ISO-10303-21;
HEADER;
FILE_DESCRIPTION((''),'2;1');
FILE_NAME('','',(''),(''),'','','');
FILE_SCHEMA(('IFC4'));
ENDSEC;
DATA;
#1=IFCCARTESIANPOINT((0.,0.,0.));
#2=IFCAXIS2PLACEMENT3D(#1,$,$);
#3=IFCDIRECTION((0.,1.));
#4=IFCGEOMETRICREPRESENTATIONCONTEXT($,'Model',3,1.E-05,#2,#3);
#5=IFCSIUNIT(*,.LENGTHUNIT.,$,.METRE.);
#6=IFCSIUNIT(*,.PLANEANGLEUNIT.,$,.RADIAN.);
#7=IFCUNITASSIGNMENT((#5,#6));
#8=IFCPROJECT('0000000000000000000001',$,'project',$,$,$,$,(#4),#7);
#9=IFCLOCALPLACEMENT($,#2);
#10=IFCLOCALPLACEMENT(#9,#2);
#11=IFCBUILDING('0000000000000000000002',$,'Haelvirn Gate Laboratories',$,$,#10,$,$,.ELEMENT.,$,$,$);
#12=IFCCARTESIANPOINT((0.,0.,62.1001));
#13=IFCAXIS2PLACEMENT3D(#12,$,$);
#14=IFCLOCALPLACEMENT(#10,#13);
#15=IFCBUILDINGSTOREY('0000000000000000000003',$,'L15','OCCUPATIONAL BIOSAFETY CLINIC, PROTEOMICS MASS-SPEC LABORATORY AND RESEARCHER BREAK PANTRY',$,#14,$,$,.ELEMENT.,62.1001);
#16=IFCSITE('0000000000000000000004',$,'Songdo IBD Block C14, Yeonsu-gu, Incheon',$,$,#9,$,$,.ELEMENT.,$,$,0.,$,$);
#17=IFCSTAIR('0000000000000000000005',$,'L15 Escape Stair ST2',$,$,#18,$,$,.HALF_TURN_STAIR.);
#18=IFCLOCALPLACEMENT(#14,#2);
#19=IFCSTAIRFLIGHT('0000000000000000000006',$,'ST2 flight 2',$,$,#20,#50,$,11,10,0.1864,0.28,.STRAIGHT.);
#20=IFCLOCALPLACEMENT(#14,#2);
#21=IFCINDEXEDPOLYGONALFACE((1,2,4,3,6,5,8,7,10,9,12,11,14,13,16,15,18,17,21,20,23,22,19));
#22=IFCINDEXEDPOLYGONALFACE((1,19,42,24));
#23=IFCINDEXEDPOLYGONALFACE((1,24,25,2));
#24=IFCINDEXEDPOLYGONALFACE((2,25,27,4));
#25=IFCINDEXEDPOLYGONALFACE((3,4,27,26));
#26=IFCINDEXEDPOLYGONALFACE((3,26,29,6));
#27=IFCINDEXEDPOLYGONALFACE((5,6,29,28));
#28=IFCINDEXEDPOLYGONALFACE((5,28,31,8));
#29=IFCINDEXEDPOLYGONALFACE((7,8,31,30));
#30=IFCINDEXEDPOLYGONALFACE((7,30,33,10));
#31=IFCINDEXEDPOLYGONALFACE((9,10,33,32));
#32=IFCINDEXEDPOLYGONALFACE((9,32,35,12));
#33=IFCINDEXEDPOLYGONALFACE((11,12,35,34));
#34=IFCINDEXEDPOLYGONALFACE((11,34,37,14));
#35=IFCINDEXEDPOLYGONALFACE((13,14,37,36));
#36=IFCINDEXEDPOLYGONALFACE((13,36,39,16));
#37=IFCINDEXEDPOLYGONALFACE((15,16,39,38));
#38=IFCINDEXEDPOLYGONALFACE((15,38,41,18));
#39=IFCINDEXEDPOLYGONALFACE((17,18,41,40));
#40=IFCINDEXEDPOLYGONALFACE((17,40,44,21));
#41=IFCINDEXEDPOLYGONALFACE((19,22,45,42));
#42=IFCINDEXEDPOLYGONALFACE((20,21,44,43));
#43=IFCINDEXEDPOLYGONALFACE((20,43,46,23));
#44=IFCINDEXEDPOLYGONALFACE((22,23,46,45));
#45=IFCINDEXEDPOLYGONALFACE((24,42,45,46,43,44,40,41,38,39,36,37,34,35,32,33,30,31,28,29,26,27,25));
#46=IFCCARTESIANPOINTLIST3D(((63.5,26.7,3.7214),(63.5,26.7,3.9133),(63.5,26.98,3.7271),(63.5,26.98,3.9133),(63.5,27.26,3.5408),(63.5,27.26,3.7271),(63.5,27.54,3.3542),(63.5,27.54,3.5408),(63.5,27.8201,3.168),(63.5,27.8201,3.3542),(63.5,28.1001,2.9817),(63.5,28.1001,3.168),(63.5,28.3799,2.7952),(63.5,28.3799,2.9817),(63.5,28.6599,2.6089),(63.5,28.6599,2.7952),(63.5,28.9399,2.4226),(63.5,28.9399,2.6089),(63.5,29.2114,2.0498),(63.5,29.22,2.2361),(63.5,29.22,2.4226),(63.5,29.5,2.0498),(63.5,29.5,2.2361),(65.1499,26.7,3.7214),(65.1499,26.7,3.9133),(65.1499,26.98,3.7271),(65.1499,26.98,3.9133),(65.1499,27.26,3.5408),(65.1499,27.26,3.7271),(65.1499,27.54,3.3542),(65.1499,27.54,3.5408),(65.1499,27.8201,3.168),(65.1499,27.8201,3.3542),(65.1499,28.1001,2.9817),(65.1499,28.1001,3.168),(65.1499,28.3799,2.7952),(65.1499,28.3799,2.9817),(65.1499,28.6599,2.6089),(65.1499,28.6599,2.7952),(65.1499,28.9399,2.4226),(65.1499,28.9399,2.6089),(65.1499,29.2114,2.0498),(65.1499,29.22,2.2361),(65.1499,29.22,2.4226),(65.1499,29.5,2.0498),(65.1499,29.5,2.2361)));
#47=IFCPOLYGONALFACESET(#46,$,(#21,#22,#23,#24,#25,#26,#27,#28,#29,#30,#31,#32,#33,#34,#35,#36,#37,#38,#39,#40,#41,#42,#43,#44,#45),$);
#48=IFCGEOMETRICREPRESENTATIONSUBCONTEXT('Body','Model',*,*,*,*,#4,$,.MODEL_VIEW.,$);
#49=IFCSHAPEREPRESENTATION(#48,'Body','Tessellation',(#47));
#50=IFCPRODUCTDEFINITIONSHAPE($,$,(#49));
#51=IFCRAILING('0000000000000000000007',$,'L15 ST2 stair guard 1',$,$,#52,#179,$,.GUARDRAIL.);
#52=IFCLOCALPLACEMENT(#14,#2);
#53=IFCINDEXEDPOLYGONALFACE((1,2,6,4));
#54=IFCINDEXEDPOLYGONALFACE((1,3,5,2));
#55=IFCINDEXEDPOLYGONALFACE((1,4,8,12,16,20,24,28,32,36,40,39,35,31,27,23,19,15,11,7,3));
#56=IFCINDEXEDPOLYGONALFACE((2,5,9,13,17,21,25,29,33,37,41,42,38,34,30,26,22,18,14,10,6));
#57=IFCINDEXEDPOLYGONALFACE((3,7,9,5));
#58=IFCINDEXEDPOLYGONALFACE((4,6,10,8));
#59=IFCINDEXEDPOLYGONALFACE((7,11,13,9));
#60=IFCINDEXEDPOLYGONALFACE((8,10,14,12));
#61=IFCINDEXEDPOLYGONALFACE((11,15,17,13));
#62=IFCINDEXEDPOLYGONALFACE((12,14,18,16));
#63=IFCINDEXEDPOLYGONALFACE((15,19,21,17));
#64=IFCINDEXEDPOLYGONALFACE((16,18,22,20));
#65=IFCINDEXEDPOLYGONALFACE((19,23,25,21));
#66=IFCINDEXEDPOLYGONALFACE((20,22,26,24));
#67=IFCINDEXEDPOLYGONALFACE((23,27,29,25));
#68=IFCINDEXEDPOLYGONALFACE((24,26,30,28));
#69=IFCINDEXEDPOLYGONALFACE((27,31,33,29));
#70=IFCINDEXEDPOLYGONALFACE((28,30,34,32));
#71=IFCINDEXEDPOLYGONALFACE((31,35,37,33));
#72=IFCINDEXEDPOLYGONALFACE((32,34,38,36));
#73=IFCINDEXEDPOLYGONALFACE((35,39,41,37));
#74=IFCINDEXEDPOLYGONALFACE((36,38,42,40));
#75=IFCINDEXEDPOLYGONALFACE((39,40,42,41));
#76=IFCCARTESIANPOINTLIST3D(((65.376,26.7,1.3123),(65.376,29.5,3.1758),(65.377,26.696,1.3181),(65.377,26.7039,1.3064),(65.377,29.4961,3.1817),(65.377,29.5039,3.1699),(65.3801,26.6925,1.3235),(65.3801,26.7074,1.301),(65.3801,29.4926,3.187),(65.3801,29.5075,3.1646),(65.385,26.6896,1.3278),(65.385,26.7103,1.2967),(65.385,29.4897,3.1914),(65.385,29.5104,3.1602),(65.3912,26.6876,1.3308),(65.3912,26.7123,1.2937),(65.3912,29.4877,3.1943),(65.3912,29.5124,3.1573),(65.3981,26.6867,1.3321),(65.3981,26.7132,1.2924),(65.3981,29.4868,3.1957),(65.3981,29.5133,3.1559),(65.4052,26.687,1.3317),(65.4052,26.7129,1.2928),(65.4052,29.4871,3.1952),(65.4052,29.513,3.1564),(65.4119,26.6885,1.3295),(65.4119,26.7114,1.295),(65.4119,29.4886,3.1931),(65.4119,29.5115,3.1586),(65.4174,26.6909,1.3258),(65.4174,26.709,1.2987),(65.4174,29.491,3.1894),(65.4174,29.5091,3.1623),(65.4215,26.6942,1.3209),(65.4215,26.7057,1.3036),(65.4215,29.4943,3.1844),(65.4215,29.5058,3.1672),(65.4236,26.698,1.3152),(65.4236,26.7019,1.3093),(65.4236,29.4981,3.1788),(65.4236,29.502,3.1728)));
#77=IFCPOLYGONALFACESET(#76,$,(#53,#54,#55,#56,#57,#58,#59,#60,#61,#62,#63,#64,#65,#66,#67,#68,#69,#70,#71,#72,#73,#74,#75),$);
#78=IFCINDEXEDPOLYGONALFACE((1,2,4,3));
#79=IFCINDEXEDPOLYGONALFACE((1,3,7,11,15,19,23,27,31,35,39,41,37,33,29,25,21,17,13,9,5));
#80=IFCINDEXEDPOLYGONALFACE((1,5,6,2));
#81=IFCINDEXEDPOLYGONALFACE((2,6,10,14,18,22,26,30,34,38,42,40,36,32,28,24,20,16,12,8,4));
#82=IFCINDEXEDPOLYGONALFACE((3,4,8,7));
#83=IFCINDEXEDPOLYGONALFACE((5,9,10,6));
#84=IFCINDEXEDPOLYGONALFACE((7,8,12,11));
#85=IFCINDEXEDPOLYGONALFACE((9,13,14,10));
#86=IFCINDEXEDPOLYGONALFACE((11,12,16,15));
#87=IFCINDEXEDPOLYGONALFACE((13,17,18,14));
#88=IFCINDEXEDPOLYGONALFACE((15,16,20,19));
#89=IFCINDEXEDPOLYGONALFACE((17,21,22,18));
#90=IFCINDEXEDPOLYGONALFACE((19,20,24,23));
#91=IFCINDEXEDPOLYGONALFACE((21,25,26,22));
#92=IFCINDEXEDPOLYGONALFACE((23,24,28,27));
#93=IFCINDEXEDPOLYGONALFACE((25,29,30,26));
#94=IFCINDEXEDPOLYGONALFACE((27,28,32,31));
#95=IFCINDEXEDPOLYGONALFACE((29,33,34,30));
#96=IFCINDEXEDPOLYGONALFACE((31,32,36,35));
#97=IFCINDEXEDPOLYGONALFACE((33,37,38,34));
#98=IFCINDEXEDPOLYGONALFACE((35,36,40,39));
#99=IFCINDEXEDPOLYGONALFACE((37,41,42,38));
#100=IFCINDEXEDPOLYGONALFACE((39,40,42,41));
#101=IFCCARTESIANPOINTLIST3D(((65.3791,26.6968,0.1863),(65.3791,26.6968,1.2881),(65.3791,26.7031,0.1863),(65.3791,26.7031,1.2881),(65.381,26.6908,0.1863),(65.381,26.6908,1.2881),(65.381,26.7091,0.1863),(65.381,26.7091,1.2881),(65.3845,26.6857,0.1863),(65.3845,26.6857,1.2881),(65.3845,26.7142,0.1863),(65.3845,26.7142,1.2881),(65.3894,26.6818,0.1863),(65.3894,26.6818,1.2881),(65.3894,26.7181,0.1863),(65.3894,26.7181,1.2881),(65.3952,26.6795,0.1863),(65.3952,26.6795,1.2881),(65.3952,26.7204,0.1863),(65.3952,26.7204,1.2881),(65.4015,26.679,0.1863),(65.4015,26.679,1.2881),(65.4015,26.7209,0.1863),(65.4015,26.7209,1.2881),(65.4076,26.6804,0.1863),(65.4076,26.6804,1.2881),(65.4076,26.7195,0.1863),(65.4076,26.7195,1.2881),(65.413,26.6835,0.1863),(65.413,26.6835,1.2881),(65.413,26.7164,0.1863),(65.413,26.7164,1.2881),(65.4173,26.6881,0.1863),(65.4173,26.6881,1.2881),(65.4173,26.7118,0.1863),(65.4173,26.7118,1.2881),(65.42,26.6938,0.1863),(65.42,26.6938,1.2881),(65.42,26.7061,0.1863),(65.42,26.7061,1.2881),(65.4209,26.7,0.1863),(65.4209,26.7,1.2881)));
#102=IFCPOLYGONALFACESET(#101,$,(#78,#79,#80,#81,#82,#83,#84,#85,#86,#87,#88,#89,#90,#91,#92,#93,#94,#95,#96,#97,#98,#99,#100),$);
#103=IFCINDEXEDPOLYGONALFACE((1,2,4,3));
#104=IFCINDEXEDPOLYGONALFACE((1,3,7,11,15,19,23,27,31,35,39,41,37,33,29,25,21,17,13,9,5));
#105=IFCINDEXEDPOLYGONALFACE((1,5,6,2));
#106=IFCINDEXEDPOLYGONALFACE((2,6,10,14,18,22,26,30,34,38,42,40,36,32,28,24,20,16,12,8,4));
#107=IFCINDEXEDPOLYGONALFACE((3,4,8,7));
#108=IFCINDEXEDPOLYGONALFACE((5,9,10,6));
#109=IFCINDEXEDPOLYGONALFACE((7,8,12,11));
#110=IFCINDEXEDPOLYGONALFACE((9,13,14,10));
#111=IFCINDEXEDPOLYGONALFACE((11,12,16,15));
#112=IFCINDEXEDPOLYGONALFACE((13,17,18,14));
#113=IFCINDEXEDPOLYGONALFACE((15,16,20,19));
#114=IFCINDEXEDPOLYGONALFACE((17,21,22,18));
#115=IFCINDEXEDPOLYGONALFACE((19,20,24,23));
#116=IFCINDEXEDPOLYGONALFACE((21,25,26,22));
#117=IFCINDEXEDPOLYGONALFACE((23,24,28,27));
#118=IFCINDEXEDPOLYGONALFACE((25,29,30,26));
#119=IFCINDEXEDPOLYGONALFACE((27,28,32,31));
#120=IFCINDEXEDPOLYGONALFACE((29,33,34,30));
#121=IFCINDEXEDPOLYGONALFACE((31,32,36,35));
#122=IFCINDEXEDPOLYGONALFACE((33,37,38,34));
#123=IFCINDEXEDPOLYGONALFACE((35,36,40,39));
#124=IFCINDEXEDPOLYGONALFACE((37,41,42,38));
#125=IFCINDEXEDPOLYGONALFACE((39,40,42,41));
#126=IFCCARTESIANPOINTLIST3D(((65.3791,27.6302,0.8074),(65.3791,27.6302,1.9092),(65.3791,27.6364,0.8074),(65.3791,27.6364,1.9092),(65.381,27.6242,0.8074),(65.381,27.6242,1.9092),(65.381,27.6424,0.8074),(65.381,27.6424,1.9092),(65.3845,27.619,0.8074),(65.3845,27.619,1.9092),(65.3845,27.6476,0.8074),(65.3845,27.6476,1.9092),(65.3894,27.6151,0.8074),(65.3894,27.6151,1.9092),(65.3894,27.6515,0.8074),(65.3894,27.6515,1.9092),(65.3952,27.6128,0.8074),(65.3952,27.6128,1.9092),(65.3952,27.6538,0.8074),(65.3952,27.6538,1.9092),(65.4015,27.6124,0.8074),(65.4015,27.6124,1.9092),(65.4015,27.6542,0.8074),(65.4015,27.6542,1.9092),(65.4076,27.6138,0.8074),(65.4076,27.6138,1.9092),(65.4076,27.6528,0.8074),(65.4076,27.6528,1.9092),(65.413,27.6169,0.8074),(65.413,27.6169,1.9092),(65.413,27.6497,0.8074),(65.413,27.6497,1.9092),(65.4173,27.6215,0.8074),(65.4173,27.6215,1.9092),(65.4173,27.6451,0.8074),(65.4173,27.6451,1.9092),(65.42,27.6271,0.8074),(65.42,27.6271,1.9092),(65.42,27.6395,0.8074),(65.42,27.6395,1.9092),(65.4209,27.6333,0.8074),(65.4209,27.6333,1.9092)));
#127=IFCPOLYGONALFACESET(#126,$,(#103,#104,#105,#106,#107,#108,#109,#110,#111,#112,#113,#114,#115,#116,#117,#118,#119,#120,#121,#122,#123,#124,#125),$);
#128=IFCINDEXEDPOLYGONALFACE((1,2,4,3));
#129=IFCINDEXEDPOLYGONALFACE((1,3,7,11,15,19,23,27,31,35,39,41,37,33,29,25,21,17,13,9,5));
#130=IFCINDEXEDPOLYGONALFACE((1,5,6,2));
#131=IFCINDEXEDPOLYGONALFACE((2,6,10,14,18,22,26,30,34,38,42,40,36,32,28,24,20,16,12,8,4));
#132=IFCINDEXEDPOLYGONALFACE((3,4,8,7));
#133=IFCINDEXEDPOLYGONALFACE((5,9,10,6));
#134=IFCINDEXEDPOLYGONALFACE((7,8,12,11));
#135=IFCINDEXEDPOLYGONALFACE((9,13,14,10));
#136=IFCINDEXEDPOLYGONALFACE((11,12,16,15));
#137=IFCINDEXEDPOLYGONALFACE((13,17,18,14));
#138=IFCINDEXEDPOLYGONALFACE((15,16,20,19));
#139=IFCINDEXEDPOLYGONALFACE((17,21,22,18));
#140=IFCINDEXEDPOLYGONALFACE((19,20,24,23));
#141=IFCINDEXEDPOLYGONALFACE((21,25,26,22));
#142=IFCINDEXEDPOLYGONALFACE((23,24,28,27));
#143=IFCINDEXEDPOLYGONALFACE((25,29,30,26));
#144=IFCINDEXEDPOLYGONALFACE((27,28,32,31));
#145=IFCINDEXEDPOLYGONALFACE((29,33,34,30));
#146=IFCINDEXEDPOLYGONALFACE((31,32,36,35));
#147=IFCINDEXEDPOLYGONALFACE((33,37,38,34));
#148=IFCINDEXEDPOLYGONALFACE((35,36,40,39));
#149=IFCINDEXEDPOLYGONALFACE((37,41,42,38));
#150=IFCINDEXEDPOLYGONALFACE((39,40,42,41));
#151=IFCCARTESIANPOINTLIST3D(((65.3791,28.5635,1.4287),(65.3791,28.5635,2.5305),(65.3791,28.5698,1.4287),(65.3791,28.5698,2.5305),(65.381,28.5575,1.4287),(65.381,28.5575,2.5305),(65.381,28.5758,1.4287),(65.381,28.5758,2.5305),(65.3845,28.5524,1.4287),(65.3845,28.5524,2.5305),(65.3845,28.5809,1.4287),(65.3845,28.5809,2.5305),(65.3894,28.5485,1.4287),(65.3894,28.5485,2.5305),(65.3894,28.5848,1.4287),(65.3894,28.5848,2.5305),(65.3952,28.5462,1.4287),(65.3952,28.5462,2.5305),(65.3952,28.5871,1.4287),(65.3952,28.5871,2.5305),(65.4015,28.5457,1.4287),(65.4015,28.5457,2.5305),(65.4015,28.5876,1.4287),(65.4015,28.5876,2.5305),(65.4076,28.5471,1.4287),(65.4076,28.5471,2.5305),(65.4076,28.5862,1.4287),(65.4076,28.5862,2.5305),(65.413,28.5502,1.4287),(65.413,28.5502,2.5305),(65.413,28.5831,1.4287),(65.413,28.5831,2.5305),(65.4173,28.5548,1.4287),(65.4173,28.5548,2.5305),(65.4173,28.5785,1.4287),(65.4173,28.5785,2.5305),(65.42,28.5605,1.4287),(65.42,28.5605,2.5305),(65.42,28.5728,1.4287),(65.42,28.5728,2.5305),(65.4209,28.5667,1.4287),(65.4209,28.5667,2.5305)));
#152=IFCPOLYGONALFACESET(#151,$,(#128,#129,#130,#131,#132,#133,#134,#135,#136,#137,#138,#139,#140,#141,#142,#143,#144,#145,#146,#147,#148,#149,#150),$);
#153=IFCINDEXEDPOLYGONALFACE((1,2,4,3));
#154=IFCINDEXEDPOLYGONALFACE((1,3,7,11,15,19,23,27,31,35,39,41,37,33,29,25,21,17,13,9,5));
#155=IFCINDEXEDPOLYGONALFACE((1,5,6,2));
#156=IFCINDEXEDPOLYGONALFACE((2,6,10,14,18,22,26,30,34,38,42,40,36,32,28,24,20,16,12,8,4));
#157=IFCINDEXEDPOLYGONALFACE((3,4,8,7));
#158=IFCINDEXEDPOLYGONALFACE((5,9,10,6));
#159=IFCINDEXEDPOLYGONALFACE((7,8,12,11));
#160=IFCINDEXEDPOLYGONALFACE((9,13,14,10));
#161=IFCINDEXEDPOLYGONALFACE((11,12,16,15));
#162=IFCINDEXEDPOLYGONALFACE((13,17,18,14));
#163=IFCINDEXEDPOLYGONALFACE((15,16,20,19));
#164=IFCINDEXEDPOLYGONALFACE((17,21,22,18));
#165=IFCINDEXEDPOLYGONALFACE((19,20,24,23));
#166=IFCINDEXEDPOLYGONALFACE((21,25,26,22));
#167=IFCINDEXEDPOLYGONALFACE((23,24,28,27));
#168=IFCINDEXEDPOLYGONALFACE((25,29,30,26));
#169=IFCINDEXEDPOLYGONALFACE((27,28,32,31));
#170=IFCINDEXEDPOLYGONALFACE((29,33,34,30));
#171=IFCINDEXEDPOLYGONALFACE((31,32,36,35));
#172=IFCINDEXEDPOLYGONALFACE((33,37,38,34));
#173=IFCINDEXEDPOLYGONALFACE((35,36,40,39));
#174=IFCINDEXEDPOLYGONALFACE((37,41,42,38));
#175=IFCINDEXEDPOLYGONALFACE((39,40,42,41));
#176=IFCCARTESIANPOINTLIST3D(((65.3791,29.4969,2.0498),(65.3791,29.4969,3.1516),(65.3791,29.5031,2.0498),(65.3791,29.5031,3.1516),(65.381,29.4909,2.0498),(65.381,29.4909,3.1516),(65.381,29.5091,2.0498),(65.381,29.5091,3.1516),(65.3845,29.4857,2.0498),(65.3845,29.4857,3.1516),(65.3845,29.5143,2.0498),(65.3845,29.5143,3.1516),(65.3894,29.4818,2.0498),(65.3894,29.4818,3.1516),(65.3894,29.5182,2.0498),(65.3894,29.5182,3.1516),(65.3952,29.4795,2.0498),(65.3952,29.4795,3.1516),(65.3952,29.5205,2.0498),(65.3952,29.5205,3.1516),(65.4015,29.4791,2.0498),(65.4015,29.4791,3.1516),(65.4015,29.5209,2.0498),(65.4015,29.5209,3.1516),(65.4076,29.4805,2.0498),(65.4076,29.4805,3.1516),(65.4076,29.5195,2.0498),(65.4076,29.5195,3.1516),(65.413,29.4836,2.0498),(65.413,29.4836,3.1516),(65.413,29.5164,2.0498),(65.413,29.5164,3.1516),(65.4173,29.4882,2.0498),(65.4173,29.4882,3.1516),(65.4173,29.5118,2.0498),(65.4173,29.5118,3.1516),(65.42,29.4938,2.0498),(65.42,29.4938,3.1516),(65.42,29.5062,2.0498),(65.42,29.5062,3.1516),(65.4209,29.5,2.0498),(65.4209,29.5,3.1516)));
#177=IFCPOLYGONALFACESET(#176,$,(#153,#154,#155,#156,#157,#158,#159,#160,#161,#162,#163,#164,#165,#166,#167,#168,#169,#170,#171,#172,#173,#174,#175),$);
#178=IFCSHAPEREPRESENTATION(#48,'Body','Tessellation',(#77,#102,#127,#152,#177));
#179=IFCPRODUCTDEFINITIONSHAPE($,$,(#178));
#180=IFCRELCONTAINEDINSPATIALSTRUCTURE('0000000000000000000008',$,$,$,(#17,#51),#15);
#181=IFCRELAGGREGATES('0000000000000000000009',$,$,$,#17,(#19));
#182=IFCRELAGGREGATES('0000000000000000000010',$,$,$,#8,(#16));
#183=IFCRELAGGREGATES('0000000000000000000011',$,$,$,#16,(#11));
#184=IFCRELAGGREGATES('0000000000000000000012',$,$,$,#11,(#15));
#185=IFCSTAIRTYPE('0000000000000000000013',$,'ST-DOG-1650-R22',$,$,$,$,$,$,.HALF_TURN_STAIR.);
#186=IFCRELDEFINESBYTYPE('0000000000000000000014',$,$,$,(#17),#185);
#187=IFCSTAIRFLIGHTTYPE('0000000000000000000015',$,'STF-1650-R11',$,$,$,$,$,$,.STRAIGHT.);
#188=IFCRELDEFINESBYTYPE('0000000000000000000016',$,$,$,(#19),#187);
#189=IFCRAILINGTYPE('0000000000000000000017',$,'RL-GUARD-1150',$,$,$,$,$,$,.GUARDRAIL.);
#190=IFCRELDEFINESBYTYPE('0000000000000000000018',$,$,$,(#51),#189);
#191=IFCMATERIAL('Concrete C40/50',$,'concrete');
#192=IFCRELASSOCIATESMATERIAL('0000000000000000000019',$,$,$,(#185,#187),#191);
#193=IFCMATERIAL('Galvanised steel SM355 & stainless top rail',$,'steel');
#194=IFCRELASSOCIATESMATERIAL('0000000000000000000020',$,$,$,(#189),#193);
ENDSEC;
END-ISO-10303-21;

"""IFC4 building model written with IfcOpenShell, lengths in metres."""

from ifc_helpers import new_model, si_unit, direction, frame, origin, origin_2d, place, context, subcontext, project, spatial, polyline, circle, outline, extrude, source, transform, mapped, material, type_object, type_shapes, element, aggregate, save


model = new_model("IFC4")

# Units and contexts
model_context = context("Model", 3, precision=1e-05, world=origin(), true_north=direction((0.0, 1.0)))
body_context = subcontext(model_context, "Body", "Model", "MODEL_VIEW")
ifc_project = project(units=[si_unit("LENGTHUNIT", "METRE"), si_unit("PLANEANGLEUNIT", "RADIAN")], contexts=[model_context])

# Site, building, storey
site_placement = place(None, origin())
site = spatial("IfcSite", under=ifc_project, at=site_placement, Name="Songdo IBD Block C14, Yeonsu-gu, Incheon", CompositionType="ELEMENT", RefElevation=0.0)
building_placement = place(site_placement, origin())
building = spatial("IfcBuilding", under=site, at=building_placement, Name="Haelvirn Gate Laboratories", CompositionType="ELEMENT")
storey_placement = place(building_placement, frame((0.0, 0.0, 62.1001)))
storey = spatial("IfcBuildingStorey", under=building, at=storey_placement, Name="L15", Description="OCCUPATIONAL BIOSAFETY CLINIC, PROTEOMICS MASS-SPEC LABORATORY AND RESEARCHER BREAK PANTRY", CompositionType="ELEMENT", Elevation=62.1001)

# Shared definitions
ifc_material_1 = material(Name="Concrete C40/50", Category="concrete")

# Stair, stair flight
stair_type = type_object("IfcStairType", Name="ST-DOG-1650-R22", PredefinedType="HALF_TURN_STAIR", material=ifc_material_1)
stair_placement = place(storey_placement, origin())
stair = element("IfcStair", 1, at=stair_placement, inside=storey, type_object=stair_type, Name="L15 Escape Stair ST2", PredefinedType="HALF_TURN_STAIR")
stair_flight_type = type_object("IfcStairFlightType", Name="STF-1650-R11", PredefinedType="STRAIGHT", material=ifc_material_1)
shared_shape_1 = source(origin(), body_context, "Body", "SweptSolid", [
    extrude(outline(polyline([(0.0, 0.0), (0.0, 0.1863), (0.28, 0.1863), (0.28, 0.3728), (0.5601, 0.3728), (0.5601, 0.5591), (0.8401, 0.5591), (0.8401, 0.7454), (1.1201, 0.7454), (1.1201, 0.9319), (1.3999, 0.9319), (1.3999, 1.1182), (1.6799, 1.1182), (1.6799, 1.3044), (1.96, 1.3044), (1.96, 1.491), (2.24, 1.491), (2.24, 1.6772), (2.52, 1.6772), (2.52, 1.8635), (2.8, 1.8635), (2.8, 2.05), (2.8, 1.6716), (0.2886, 0.0), (0.0, 0.0)])), frame((0.0, 0.825, 0.0), z_axis=(0.0, -1.0, 0.0), x_axis=(1.0, 0.0, 0.0)), (0.0, 0.0, 1.0), 1.6499),
])
type_shapes(stair_flight_type, [shared_shape_1])
stair_flight_1_placement = place(storey_placement, frame((64.325, 29.5, 2.0498), z_axis=(0.0, 0.0, 1.0), x_axis=(0.0, -1.0, 0.0)))
stair_flight_1 = element("IfcStairFlight", 2, at=stair_flight_1_placement, type_object=stair_flight_type, Name="ST2 flight 2", NumberOfRisers=11, NumberOfTreads=10, PredefinedType="STRAIGHT", RiserHeight=0.1864, TreadLength=0.28, context=body_context, shape_type="MappedRepresentation", body=[
    mapped(shared_shape_1, transform((0.0, 0.0, 0.0), scale=1.0)),
])
aggregate(stair, [stair_flight_1])

# Railing
ifc_material_2 = material(Name="Galvanised steel SM355 & stainless top rail", Category="steel")
railing_type_1 = type_object("IfcRailingType", Name="RL-GUARD-1150", PredefinedType="GUARDRAIL", material=ifc_material_2)
shared_shape_2 = source(origin(), body_context, "Body", "SweptSolid", [
    extrude(circle(Radius=0.0239, at=origin_2d()), frame((0.0, 0.0, 1.126), z_axis=(0.0, 0.832486, 0.554047), x_axis=(-1.0, 0.0, 0.0)), (0.0, 0.0, 1.0), 3.3635),
    extrude(circle(Radius=0.021, at=origin_2d()), origin(), (0.0, 0.0, 1.0), 1.1018),
    extrude(circle(Radius=0.021, at=origin_2d()), frame((0.0, 0.9333, 0.6211)), (0.0, 0.0, 1.0), 1.1018),
    extrude(circle(Radius=0.021, at=origin_2d()), frame((0.0, 1.8667, 1.2424)), (0.0, 0.0, 1.0), 1.1018),
    extrude(circle(Radius=0.021, at=origin_2d()), frame((0.0, 2.8, 1.8635)), (0.0, 0.0, 1.0), 1.1018),
])
railing_1_placement = place(storey_placement, frame((65.3999, 26.7, 0.1863)))
element("IfcRailing", 3, at=railing_1_placement, inside=storey, type_object=railing_type_1, Name="L15 ST2 stair guard 1", PredefinedType="GUARDRAIL", context=body_context, shape_type="MappedRepresentation", body=[
    mapped(shared_shape_2, transform((0.0, 0.0, 0.0), scale=1.0)),
])

save(model, "model.ifc")
